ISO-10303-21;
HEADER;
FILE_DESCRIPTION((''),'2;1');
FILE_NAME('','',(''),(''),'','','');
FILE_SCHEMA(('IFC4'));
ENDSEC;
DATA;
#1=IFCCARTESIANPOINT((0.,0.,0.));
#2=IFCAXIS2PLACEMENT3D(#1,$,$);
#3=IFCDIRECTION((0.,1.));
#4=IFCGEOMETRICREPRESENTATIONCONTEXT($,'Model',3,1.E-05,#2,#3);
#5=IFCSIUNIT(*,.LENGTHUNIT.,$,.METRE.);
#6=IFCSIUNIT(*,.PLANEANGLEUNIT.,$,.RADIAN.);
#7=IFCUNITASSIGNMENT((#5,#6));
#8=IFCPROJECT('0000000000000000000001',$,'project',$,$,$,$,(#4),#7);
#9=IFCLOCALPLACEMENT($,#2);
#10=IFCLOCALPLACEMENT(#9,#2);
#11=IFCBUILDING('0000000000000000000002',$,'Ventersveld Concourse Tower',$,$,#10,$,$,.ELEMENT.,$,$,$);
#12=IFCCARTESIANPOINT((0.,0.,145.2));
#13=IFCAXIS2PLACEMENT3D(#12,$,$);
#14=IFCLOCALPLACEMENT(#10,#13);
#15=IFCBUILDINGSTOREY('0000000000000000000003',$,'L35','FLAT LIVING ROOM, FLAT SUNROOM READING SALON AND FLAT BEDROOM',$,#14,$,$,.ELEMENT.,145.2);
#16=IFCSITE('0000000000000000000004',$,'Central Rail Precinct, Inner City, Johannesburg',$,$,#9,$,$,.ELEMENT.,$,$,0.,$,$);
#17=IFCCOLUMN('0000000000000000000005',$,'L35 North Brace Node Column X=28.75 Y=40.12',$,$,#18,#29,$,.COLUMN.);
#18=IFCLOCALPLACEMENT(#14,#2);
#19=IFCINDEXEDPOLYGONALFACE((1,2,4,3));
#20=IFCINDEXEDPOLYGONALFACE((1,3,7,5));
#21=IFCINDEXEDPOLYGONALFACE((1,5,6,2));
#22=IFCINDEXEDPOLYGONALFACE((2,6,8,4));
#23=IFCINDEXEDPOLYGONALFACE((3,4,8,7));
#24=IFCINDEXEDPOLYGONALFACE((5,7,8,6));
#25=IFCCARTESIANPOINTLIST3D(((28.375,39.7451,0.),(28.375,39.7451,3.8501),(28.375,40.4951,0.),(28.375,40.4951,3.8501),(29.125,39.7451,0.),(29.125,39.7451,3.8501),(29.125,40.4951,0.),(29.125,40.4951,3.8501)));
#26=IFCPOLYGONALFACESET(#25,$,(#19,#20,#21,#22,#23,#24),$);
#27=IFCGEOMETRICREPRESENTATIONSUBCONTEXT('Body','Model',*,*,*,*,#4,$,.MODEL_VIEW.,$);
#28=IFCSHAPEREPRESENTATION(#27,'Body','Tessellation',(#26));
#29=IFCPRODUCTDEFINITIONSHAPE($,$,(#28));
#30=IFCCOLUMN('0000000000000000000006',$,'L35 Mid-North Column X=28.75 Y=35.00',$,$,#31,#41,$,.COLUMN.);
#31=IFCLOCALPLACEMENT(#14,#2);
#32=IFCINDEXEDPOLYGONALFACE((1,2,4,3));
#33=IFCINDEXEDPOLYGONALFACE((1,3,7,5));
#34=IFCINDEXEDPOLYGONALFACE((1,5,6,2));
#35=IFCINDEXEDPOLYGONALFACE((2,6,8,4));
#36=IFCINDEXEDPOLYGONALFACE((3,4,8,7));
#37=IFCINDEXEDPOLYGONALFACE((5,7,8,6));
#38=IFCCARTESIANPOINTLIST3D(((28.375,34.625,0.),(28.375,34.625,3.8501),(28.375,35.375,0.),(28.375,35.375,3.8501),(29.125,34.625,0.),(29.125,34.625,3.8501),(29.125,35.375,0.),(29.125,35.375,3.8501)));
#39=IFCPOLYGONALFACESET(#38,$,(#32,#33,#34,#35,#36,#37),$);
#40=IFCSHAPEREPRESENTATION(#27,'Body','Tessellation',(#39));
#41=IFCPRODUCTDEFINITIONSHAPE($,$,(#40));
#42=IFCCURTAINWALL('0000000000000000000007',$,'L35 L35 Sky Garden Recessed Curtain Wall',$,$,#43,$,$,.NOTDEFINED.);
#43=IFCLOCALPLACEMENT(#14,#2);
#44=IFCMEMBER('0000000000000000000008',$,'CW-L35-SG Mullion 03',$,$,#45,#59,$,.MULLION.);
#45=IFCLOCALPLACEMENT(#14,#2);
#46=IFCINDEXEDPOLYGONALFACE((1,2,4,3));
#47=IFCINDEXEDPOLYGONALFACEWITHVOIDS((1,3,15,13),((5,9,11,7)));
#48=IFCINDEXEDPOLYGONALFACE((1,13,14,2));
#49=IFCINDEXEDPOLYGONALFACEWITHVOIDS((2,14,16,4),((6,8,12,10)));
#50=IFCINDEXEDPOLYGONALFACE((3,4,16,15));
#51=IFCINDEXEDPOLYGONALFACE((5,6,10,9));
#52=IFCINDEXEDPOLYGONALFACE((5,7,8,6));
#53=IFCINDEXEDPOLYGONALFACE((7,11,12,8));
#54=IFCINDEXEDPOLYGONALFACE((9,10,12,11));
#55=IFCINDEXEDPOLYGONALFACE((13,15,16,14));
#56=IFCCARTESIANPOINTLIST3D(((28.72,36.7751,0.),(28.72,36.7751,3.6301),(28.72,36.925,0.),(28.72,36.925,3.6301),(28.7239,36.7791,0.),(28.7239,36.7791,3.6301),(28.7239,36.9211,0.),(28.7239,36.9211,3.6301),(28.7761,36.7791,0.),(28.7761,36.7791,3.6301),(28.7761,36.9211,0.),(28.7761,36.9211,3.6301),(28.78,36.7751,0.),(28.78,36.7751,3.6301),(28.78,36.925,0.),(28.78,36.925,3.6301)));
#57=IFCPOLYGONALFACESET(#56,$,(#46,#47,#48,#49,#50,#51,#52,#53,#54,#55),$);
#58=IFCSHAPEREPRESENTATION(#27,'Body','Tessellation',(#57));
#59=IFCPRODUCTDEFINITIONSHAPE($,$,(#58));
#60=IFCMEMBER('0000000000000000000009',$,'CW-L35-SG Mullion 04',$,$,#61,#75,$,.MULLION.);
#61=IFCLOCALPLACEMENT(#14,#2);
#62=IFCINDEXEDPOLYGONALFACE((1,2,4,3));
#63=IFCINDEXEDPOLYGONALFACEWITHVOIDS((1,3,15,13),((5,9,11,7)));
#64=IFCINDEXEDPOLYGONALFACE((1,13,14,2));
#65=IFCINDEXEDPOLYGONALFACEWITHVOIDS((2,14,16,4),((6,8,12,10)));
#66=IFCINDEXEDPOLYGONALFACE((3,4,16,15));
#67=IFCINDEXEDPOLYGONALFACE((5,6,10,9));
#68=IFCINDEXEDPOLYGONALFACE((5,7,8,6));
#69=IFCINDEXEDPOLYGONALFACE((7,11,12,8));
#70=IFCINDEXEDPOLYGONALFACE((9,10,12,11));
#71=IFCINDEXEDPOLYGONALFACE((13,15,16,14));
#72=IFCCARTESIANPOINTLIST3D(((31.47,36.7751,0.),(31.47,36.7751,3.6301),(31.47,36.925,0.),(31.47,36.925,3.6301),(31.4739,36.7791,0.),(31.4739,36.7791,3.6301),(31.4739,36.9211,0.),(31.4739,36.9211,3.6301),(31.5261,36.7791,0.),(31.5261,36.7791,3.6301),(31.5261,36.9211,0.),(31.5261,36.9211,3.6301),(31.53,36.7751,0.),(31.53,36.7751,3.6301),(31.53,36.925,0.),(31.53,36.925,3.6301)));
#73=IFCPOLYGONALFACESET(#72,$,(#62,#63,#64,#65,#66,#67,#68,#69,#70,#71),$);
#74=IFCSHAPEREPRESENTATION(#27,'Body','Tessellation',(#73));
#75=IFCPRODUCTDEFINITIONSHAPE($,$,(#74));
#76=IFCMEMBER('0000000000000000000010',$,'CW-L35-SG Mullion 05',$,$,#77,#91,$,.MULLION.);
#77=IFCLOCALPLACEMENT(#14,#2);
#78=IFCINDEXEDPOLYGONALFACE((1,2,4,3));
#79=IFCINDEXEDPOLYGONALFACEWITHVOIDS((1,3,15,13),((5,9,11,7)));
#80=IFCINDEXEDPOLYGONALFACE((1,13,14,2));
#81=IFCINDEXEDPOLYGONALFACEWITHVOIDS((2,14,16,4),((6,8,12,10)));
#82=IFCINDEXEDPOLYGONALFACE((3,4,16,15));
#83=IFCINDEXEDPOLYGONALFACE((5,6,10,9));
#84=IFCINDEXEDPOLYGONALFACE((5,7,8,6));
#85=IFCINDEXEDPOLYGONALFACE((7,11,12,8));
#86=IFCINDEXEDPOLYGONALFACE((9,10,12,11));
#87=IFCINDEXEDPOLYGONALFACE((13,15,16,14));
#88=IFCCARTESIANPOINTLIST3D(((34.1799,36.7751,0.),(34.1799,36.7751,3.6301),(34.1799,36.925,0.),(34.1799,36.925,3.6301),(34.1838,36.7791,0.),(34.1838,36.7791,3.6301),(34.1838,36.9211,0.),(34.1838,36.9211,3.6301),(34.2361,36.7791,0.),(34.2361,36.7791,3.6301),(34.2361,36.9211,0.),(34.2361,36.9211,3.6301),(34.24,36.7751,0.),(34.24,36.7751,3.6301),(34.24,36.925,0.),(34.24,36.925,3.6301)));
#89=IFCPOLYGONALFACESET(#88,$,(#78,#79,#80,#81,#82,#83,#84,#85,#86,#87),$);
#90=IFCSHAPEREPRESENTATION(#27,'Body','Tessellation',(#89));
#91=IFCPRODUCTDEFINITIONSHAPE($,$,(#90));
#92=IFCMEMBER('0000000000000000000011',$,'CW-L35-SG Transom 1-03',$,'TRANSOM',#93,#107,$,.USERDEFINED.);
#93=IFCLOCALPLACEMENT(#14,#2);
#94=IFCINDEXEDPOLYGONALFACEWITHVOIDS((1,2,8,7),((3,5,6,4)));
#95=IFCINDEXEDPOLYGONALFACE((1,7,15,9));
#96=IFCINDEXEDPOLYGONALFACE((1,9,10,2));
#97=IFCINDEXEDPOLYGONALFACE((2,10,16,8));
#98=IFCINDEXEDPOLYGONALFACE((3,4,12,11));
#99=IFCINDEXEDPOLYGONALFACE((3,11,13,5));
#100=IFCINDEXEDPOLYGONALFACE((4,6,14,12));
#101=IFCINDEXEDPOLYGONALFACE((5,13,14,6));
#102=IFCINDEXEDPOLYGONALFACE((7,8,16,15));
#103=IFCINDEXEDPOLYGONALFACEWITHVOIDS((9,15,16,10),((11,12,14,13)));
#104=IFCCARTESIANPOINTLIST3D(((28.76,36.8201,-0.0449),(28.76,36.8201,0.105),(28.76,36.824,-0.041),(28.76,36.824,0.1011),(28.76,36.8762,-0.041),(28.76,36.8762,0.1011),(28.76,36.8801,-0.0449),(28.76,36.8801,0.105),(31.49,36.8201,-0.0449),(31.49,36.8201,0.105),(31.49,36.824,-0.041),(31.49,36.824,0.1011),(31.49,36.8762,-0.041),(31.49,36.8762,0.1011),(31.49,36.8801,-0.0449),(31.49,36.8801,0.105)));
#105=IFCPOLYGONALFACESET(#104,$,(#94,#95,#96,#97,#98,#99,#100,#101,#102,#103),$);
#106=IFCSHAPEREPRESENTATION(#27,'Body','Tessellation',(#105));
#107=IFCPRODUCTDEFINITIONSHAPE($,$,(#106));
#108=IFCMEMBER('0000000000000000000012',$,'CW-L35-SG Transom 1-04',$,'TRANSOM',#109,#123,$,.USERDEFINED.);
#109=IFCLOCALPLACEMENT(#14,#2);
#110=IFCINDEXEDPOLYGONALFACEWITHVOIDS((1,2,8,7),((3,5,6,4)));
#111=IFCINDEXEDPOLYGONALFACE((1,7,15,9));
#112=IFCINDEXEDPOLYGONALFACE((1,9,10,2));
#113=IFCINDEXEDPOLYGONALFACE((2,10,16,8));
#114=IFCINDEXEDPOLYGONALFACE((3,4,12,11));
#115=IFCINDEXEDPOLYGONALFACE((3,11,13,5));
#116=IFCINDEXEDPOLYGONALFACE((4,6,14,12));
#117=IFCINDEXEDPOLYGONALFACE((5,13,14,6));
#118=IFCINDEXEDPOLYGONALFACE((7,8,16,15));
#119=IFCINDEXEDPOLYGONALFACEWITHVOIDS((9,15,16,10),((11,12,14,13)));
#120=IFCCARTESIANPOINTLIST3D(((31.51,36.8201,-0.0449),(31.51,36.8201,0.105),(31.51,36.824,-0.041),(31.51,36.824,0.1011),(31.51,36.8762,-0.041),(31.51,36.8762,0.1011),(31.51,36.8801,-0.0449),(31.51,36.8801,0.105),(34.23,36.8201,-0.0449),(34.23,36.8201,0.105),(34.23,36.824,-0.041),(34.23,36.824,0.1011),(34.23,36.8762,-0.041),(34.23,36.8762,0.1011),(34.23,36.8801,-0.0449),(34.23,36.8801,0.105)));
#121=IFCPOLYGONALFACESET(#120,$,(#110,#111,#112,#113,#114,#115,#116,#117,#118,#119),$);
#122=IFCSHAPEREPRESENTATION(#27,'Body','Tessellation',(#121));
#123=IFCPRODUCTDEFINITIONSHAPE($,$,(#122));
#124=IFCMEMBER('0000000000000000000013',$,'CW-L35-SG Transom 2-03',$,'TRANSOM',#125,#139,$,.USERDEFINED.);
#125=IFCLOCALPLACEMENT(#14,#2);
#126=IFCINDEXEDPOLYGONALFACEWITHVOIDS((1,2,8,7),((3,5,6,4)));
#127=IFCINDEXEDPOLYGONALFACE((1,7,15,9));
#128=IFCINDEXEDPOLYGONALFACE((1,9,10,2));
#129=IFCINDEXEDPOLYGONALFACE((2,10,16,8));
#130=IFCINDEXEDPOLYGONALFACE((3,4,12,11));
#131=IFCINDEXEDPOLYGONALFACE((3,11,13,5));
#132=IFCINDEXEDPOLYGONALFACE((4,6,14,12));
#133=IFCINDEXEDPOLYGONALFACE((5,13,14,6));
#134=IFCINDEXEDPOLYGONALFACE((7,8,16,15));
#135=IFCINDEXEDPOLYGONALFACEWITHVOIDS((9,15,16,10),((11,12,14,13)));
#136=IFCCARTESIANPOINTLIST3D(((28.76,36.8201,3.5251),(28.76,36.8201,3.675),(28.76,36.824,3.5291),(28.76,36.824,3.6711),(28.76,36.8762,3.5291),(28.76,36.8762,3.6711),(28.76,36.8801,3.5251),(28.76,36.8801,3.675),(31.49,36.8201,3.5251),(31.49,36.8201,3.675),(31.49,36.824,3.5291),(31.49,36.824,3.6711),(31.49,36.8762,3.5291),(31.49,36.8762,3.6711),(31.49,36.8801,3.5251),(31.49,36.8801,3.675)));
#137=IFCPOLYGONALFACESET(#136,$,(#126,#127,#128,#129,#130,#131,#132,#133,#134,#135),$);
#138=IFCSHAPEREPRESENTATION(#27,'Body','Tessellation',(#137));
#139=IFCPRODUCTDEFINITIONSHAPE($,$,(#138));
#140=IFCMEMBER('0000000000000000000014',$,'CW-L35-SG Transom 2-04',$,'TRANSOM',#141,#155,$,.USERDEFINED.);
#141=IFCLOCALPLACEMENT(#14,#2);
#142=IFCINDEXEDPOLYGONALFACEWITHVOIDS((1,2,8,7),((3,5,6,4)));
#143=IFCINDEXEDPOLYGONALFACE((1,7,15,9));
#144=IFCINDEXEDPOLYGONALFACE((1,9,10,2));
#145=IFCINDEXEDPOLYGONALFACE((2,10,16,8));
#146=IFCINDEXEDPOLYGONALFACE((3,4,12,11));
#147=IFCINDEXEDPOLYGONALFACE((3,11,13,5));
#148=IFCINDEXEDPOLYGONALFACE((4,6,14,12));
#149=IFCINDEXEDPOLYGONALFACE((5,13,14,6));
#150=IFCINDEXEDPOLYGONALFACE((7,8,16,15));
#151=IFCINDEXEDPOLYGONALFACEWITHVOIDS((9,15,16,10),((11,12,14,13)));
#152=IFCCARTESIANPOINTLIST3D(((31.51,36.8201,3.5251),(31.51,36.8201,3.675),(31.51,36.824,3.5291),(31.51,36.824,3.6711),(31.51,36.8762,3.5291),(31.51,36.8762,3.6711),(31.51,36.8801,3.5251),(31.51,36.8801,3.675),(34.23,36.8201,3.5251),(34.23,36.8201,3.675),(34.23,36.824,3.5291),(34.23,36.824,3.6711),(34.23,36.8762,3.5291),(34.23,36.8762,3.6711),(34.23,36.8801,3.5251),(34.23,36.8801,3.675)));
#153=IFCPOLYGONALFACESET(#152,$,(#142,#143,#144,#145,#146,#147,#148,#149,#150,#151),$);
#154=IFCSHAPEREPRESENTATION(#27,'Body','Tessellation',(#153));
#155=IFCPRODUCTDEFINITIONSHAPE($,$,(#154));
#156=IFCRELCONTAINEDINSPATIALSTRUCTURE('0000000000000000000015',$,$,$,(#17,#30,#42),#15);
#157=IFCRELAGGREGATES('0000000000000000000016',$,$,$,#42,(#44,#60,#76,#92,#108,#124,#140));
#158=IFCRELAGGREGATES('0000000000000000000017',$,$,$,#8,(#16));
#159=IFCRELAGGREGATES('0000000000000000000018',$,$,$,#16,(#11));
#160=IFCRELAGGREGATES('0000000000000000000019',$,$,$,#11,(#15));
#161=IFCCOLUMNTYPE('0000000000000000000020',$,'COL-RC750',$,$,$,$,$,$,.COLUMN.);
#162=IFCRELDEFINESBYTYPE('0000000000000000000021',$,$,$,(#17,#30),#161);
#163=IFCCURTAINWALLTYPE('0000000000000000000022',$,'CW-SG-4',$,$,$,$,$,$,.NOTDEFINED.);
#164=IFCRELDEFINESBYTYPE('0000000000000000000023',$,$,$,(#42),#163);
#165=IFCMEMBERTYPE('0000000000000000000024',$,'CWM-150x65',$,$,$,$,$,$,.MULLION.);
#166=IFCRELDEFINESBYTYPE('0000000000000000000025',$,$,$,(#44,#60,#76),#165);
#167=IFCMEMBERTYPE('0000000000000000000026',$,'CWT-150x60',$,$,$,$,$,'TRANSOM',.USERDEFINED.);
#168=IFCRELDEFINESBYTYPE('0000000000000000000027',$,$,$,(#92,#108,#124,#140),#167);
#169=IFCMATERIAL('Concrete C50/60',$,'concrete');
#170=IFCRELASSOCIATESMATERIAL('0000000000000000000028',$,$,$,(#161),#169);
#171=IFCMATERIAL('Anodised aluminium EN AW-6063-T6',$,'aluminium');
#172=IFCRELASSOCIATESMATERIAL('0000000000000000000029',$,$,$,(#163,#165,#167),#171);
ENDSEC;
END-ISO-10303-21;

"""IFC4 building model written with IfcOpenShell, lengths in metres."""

from ifc_helpers import new_model, si_unit, direction, frame, origin, origin_2d, place, context, subcontext, project, spatial, rectangle, hollow_rectangle, extrude, material, material_profile, profile_set, type_object, element, aggregate, save


model = new_model("IFC4")

# Units and contexts
model_context = context("Model", 3, precision=1e-05, world=origin(), true_north=direction((0.0, 1.0)))
body_context = subcontext(model_context, "Body", "Model", "MODEL_VIEW")
ifc_project = project(units=[si_unit("LENGTHUNIT", "METRE"), si_unit("PLANEANGLEUNIT", "RADIAN")], contexts=[model_context])

# Site, building, storey
site_placement = place(None, origin())
site = spatial("IfcSite", under=ifc_project, at=site_placement, Name="Central Rail Precinct, Inner City, Johannesburg", CompositionType="ELEMENT", RefElevation=0.0)
building_placement = place(site_placement, origin())
building = spatial("IfcBuilding", under=site, at=building_placement, Name="Ventersveld Concourse Tower", CompositionType="ELEMENT")
storey_placement = place(building_placement, frame((0.0, 0.0, 145.2)))
storey = spatial("IfcBuildingStorey", under=building, at=storey_placement, Name="L35", Description="FLAT LIVING ROOM, FLAT SUNROOM READING SALON AND FLAT BEDROOM", CompositionType="ELEMENT", Elevation=145.2)

# Columns
ifc_material_1 = material(Name="Concrete C50/60", Category="concrete")
ifc_material_profile_1 = material_profile(ifc_material_1, rectangle(XDim=0.75, YDim=0.75, at=origin_2d()), Name="RC 750x750")
ifc_profile_set_1 = profile_set([ifc_material_profile_1], Name="Concrete C50/60")
column_type = type_object("IfcColumnType", Name="COL-RC750", PredefinedType="COLUMN", material=ifc_profile_set_1)
for number, where, z_axis, x_axis, name in (
    (1, (28.75, 40.1201, 0.0), (0.0, 0.0, 1.0), (1.0, 0.0, 0.0), "L35 North Brace Node Column X=28.75 Y=40.12"),
    (2, (28.75, 35.0, 0.0), (0.0, 0.0, 1.0), (1.0, 0.0, 0.0), "L35 Mid-North Column X=28.75 Y=35.00"),
):
    element("IfcColumn", number, at=place(storey_placement, frame(where, z_axis=z_axis, x_axis=x_axis)), inside=storey, type_object=column_type, Name=name, PredefinedType="COLUMN", context=body_context, shape_type="SweptSolid", body=[
        extrude(rectangle(XDim=0.75, YDim=0.75, at=origin_2d()), origin(), (0.0, 0.0, 1.0), 3.8501),
    ])

# Curtain wall, members
ifc_material_2 = material(Name="Anodised aluminium EN AW-6063-T6", Category="aluminium")
curtain_wall_type = type_object("IfcCurtainWallType", Name="CW-SG-4", PredefinedType="NOTDEFINED", material=ifc_material_2)
curtain_wall_placement = place(storey_placement, origin())
curtain_wall = element("IfcCurtainWall", 3, at=curtain_wall_placement, inside=storey, type_object=curtain_wall_type, Name="L35 L35 Sky Garden Recessed Curtain Wall", PredefinedType="NOTDEFINED")
ifc_material_profile_2 = material_profile(ifc_material_2, hollow_rectangle(XDim=0.0601, YDim=0.1499, WallThickness=0.0039, at=origin_2d()), Name="ALU 150x60x4")
ifc_profile_set_2 = profile_set([ifc_material_profile_2], Name="Anodised aluminium EN AW-6063-T6")
member_type_1 = type_object("IfcMemberType", Name="CWM-150x65", PredefinedType="MULLION", material=ifc_profile_set_2)
member_1_placement = place(storey_placement, frame((28.75, 36.8501, 0.0), z_axis=(0.0, 0.0, 1.0), x_axis=(1.0, 0.0, 0.0)))
member_1 = element("IfcMember", 4, at=member_1_placement, type_object=member_type_1, Name="CW-L35-SG Mullion 03", PredefinedType="MULLION", context=body_context, shape_type="SweptSolid", body=[
    extrude(hollow_rectangle(XDim=0.0601, YDim=0.1499, WallThickness=0.0039, at=origin_2d()), origin(), (0.0, 0.0, 1.0), 3.6301),
])
member_2_placement = place(storey_placement, frame((31.5, 36.8501, 0.0), z_axis=(0.0, 0.0, 1.0), x_axis=(1.0, 0.0, 0.0)))
member_2 = element("IfcMember", 5, at=member_2_placement, type_object=member_type_1, Name="CW-L35-SG Mullion 04", PredefinedType="MULLION", context=body_context, shape_type="SweptSolid", body=[
    extrude(hollow_rectangle(XDim=0.0601, YDim=0.1499, WallThickness=0.0039, at=origin_2d()), origin(), (0.0, 0.0, 1.0), 3.6301),
])
member_3_placement = place(storey_placement, frame((34.21, 36.8501, 0.0), z_axis=(0.0, 0.0, 1.0), x_axis=(1.0, 0.0, 0.0)))
member_3 = element("IfcMember", 6, at=member_3_placement, type_object=member_type_1, Name="CW-L35-SG Mullion 05", PredefinedType="MULLION", context=body_context, shape_type="SweptSolid", body=[
    extrude(hollow_rectangle(XDim=0.0601, YDim=0.1499, WallThickness=0.0039, at=origin_2d()), origin(), (0.0, 0.0, 1.0), 3.6301),
])
ifc_material_profile_3 = material_profile(ifc_material_2, hollow_rectangle(XDim=0.0601, YDim=0.1499, WallThickness=0.0039, at=origin_2d()), Name="ALU 150x60x4")
ifc_profile_set_3 = profile_set([ifc_material_profile_3], Name="Anodised aluminium EN AW-6063-T6")
member_type_2 = type_object("IfcMemberType", Name="CWT-150x60", ElementType="TRANSOM", PredefinedType="USERDEFINED", material=ifc_profile_set_3)
member_4_placement = place(storey_placement, frame((28.76, 36.8501, 0.03), z_axis=(1.0, 0.0, 0.0), x_axis=(0.0, 1.0, 0.0)))
member_4 = element("IfcMember", 7, at=member_4_placement, type_object=member_type_2, Name="CW-L35-SG Transom 1-03", ObjectType="TRANSOM", PredefinedType="USERDEFINED", context=body_context, shape_type="SweptSolid", body=[
    extrude(hollow_rectangle(XDim=0.0601, YDim=0.1499, WallThickness=0.0039, at=origin_2d()), origin(), (0.0, 0.0, 1.0), 2.73),
])
member_5_placement = place(storey_placement, frame((31.51, 36.8501, 0.03), z_axis=(1.0, 0.0, 0.0), x_axis=(0.0, 1.0, 0.0)))
member_5 = element("IfcMember", 8, at=member_5_placement, type_object=member_type_2, Name="CW-L35-SG Transom 1-04", ObjectType="TRANSOM", PredefinedType="USERDEFINED", context=body_context, shape_type="SweptSolid", body=[
    extrude(hollow_rectangle(XDim=0.0601, YDim=0.1499, WallThickness=0.0039, at=origin_2d()), origin(), (0.0, 0.0, 1.0), 2.72),
])
member_6_placement = place(storey_placement, frame((28.76, 36.8501, 3.6001), z_axis=(1.0, 0.0, 0.0), x_axis=(0.0, 1.0, 0.0)))
member_6 = element("IfcMember", 9, at=member_6_placement, type_object=member_type_2, Name="CW-L35-SG Transom 2-03", ObjectType="TRANSOM", PredefinedType="USERDEFINED", context=body_context, shape_type="SweptSolid", body=[
    extrude(hollow_rectangle(XDim=0.0601, YDim=0.1499, WallThickness=0.0039, at=origin_2d()), origin(), (0.0, 0.0, 1.0), 2.73),
])
member_7_placement = place(storey_placement, frame((31.51, 36.8501, 3.6001), z_axis=(1.0, 0.0, 0.0), x_axis=(0.0, 1.0, 0.0)))
member_7 = element("IfcMember", 10, at=member_7_placement, type_object=member_type_2, Name="CW-L35-SG Transom 2-04", ObjectType="TRANSOM", PredefinedType="USERDEFINED", context=body_context, shape_type="SweptSolid", body=[
    extrude(hollow_rectangle(XDim=0.0601, YDim=0.1499, WallThickness=0.0039, at=origin_2d()), origin(), (0.0, 0.0, 1.0), 2.72),
])

aggregate(curtain_wall, [member_1, member_2, member_3, member_4, member_5, member_6, member_7])

save(model, "model.ifc")
